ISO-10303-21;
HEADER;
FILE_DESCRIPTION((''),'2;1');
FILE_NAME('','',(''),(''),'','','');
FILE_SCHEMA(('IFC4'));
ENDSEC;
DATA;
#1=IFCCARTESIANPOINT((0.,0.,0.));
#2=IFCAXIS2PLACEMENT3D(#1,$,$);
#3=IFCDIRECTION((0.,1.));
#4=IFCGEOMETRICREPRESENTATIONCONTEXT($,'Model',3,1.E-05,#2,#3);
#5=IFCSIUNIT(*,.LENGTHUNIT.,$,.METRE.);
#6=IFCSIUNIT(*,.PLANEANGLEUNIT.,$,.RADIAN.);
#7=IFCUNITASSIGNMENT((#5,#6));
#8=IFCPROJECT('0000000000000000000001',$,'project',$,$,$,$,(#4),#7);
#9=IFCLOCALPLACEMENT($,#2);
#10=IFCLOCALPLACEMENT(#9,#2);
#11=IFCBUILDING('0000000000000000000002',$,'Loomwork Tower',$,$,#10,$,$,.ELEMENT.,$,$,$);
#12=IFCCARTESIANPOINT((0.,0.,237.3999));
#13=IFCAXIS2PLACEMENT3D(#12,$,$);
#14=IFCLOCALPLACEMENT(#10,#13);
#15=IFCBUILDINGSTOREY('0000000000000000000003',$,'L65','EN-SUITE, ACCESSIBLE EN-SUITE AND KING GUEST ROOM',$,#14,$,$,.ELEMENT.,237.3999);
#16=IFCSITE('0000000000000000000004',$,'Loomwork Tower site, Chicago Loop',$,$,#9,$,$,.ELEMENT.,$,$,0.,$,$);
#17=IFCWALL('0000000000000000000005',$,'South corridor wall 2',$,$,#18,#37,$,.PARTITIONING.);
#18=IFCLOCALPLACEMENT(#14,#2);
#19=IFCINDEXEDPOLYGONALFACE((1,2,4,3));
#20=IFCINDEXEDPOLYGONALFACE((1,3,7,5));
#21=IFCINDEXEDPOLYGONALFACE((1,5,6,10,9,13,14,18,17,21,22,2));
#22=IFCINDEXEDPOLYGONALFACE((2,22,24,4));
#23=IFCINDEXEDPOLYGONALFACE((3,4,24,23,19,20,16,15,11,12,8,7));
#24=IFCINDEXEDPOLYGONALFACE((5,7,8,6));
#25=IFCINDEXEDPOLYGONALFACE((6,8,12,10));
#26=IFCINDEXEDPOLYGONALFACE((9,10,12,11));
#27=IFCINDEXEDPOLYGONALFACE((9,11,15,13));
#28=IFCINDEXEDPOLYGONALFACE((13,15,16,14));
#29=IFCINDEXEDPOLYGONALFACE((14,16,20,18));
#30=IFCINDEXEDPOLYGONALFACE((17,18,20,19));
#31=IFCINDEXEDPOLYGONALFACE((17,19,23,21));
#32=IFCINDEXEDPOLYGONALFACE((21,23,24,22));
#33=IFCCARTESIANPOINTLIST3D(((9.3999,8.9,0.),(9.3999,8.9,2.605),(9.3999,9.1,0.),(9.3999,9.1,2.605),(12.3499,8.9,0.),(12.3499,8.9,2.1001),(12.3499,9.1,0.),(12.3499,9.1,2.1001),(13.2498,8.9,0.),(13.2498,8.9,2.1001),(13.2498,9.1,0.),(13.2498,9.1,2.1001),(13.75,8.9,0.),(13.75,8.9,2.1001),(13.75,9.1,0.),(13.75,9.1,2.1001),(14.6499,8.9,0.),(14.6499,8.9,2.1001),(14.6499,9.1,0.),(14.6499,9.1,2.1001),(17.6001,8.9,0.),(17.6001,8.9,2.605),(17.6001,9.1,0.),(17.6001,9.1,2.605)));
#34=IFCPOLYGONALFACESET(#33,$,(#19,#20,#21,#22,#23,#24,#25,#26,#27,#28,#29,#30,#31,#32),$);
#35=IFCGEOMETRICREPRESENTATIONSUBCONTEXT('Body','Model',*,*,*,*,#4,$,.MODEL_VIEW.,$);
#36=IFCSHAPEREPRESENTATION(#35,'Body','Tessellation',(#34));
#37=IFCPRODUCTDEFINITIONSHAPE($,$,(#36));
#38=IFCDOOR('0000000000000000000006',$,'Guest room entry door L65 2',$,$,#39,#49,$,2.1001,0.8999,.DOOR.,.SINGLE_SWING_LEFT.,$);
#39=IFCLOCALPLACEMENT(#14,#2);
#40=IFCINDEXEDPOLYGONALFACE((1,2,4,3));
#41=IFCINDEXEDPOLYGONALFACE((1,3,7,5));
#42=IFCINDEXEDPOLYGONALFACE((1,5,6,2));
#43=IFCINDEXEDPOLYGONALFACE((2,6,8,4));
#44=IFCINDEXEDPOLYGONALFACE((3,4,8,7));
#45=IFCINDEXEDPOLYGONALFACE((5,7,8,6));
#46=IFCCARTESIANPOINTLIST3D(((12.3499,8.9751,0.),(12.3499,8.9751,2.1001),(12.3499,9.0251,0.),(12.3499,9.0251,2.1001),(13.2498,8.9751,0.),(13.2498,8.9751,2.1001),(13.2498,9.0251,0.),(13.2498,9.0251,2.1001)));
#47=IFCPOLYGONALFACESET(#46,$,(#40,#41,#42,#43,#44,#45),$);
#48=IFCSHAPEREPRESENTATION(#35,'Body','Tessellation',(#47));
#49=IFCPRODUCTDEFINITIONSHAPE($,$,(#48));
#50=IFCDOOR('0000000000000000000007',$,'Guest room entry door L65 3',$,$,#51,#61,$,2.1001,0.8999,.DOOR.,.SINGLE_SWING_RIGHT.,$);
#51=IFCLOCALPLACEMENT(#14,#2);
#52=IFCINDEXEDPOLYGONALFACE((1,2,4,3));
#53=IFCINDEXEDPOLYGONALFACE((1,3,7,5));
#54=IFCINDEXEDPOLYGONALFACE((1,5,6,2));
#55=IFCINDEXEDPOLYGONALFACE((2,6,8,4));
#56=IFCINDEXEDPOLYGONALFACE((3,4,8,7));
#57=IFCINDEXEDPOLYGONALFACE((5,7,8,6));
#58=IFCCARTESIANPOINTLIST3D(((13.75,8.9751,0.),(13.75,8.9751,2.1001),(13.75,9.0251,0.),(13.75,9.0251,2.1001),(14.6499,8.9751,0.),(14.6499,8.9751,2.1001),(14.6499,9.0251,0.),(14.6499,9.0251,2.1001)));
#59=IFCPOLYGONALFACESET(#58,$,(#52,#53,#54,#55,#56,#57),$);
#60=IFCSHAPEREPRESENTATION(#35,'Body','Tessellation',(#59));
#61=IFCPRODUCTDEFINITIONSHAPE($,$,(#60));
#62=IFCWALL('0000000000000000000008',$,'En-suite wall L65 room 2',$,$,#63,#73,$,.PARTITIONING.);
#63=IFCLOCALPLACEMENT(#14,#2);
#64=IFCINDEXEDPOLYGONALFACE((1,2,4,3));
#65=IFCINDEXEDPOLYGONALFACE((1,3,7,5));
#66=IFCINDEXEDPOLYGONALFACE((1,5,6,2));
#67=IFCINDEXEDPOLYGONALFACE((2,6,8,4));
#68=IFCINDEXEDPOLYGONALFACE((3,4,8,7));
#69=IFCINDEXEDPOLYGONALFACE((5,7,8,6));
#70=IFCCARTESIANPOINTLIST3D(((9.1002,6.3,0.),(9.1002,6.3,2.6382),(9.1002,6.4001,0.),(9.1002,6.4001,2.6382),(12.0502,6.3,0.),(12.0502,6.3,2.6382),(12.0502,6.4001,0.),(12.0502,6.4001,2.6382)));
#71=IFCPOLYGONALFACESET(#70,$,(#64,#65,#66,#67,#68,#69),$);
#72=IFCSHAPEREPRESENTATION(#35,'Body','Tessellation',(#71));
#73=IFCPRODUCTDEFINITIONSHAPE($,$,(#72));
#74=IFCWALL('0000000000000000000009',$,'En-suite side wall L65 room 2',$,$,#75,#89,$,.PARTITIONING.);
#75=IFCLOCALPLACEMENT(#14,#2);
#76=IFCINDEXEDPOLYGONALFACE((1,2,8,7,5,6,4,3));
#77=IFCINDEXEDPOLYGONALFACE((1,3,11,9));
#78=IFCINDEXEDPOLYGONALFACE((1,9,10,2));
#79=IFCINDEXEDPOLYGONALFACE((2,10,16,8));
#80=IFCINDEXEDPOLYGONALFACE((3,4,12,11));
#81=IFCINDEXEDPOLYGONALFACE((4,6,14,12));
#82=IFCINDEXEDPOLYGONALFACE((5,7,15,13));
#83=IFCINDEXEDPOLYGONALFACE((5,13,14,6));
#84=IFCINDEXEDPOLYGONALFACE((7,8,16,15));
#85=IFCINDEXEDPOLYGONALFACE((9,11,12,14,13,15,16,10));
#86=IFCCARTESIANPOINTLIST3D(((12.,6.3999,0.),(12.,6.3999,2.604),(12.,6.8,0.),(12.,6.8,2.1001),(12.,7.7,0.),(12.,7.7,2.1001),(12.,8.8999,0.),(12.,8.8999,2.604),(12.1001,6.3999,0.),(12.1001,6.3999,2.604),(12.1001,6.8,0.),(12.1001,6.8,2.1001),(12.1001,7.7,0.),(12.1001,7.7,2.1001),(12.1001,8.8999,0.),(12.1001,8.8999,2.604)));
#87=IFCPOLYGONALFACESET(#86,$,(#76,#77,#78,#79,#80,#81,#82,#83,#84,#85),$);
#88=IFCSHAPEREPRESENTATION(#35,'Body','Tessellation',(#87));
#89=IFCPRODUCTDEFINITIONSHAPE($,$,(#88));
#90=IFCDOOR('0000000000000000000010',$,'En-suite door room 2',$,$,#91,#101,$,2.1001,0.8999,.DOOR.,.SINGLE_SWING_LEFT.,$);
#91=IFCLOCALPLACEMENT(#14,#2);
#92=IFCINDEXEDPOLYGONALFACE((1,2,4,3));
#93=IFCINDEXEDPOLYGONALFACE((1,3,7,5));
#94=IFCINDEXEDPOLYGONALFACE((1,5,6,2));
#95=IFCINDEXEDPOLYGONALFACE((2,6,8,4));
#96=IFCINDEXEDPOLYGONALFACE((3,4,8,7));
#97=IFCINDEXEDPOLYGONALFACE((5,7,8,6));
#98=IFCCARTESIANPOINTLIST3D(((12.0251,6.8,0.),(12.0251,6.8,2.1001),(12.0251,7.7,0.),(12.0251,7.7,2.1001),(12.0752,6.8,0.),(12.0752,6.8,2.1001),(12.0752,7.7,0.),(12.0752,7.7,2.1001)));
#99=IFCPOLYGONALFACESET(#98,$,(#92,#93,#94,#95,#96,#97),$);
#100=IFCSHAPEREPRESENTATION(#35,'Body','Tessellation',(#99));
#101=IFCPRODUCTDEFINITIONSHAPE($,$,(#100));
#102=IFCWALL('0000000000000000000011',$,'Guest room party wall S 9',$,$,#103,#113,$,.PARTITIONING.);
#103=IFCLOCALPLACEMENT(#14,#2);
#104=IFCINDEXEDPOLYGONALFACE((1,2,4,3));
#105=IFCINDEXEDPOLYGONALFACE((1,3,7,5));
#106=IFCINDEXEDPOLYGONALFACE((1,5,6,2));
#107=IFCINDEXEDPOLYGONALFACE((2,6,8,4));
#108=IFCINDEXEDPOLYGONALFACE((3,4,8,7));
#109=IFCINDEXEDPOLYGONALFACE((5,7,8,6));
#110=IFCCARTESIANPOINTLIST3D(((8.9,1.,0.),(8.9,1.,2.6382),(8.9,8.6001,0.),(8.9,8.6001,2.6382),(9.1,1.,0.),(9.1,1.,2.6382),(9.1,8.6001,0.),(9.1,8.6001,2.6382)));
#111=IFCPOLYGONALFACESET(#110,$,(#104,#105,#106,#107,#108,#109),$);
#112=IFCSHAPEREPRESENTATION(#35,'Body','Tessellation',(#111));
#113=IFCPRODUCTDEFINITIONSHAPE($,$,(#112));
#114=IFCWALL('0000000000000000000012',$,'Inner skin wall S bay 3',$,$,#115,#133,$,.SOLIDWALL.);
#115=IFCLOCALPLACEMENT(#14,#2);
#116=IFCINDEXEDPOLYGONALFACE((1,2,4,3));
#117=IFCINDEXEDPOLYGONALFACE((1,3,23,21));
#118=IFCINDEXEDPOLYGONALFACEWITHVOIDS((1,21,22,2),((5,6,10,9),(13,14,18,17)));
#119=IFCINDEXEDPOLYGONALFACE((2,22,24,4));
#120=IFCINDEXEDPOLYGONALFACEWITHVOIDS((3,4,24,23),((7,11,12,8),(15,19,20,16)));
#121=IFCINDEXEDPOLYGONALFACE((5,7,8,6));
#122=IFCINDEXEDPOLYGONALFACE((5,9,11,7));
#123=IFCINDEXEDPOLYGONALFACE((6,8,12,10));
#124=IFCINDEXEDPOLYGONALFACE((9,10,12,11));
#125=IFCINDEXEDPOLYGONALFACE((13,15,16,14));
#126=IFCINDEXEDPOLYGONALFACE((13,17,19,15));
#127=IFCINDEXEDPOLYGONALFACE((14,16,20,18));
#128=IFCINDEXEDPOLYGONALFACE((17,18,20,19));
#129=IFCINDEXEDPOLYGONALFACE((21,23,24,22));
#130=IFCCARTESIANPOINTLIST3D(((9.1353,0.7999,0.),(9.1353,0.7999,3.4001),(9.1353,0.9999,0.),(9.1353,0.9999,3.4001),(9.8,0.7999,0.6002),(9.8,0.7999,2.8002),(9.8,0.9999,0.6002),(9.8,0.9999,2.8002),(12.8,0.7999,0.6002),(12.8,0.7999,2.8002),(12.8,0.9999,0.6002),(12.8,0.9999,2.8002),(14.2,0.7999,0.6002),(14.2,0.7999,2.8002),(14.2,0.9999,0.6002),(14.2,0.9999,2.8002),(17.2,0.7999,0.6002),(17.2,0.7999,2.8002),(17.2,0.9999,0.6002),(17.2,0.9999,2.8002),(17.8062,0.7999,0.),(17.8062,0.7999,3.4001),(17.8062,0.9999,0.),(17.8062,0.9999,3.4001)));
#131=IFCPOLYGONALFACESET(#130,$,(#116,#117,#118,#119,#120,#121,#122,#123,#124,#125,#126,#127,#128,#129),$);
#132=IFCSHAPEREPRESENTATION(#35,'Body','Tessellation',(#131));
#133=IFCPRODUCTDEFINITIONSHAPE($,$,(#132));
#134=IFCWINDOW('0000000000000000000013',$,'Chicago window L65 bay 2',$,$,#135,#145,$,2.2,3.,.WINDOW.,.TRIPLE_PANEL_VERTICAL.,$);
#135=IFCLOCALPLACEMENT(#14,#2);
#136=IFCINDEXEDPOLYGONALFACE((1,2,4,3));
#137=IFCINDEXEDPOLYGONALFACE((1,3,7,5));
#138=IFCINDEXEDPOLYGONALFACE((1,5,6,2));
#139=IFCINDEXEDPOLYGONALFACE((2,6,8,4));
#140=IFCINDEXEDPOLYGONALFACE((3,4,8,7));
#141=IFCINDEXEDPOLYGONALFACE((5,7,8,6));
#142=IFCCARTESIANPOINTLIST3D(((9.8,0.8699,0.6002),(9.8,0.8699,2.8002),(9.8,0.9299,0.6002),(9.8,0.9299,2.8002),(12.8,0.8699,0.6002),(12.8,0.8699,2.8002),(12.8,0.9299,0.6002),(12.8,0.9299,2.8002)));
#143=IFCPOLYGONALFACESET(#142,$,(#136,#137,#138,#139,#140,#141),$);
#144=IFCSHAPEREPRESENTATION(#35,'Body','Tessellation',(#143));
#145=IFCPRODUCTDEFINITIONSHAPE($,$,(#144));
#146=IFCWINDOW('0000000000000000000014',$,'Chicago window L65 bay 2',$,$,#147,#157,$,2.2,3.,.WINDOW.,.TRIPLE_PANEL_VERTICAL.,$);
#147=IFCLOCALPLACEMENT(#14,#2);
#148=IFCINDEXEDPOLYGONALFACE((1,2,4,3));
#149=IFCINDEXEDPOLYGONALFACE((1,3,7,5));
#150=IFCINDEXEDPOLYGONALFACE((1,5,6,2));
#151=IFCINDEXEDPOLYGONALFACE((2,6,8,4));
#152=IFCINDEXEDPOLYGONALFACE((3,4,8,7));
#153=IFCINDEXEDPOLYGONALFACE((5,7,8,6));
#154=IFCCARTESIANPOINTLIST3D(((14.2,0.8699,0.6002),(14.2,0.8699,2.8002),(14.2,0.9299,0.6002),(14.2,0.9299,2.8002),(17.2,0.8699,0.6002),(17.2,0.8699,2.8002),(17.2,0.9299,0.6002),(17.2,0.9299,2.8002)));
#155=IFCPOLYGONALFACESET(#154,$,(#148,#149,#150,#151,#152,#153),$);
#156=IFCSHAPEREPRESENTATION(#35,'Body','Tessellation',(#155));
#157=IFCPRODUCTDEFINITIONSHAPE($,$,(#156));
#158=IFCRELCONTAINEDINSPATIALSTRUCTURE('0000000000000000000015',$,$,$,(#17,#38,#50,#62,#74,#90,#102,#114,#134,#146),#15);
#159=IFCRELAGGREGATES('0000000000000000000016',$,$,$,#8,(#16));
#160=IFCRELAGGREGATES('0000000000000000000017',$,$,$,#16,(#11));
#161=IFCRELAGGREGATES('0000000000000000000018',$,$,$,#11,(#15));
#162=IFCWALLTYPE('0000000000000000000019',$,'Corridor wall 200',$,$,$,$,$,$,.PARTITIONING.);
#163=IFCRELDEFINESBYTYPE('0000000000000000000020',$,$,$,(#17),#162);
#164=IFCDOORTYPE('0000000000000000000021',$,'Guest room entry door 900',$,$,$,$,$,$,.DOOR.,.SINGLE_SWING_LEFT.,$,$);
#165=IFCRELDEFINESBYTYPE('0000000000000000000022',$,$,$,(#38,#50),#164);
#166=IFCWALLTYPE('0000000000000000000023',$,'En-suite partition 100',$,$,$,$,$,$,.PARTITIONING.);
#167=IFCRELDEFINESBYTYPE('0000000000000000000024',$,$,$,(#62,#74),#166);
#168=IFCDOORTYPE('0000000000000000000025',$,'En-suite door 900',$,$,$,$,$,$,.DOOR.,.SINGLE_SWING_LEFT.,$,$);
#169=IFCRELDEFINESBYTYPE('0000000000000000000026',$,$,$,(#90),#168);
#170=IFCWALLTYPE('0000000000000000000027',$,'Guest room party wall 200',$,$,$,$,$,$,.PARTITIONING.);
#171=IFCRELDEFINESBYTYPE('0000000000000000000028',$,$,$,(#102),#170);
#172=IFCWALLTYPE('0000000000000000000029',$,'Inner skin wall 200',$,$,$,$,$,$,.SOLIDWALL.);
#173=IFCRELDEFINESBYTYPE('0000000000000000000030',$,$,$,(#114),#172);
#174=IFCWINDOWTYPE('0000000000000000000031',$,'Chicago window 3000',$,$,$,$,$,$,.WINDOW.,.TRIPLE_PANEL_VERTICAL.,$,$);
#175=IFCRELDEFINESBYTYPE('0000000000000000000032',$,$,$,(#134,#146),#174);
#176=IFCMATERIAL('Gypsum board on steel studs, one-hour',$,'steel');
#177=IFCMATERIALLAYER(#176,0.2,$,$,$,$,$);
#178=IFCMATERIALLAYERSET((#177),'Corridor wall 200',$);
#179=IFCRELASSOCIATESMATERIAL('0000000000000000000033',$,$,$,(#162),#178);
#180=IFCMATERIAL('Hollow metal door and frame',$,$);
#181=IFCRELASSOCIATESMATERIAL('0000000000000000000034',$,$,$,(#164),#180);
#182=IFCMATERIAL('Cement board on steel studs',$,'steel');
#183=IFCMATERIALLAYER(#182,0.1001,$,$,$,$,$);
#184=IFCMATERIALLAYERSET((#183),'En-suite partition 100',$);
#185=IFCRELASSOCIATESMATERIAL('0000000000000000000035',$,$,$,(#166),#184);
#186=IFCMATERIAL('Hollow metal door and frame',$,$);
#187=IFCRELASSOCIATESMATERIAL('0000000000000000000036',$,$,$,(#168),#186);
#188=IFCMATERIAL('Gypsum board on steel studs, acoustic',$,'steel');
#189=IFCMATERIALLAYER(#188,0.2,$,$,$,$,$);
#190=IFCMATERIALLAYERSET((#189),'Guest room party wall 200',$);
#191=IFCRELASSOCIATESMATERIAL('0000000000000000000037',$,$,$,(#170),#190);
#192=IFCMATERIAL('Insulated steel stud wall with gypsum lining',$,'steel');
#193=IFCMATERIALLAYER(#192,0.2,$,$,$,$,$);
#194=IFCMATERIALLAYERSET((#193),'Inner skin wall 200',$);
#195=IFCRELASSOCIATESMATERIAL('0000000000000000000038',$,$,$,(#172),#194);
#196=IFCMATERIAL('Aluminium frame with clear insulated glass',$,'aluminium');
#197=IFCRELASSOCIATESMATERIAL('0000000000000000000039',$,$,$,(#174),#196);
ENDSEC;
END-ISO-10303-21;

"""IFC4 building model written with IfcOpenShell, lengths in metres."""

from ifc_helpers import new_model, si_unit, direction, frame, frame_2d, origin, place, context, subcontext, project, spatial, rectangle, extrude, material, layer, layer_set, type_object, element, fill, save


model = new_model("IFC4")

# Units and contexts
model_context = context("Model", 3, precision=1e-05, world=origin(), true_north=direction((0.0, 1.0)))
body_context = subcontext(model_context, "Body", "Model", "MODEL_VIEW")
ifc_project = project(units=[si_unit("LENGTHUNIT", "METRE"), si_unit("PLANEANGLEUNIT", "RADIAN")], contexts=[model_context])

# Site, building, storey
site_placement = place(None, origin())
site = spatial("IfcSite", under=ifc_project, at=site_placement, Name="Loomwork Tower site, Chicago Loop", CompositionType="ELEMENT", RefElevation=0.0)
building_placement = place(site_placement, origin())
building = spatial("IfcBuilding", under=site, at=building_placement, Name="Loomwork Tower", CompositionType="ELEMENT")
storey_placement = place(building_placement, frame((0.0, 0.0, 237.3999)))
storey = spatial("IfcBuildingStorey", under=building, at=storey_placement, Name="L65", Description="EN-SUITE, ACCESSIBLE EN-SUITE AND KING GUEST ROOM", CompositionType="ELEMENT", Elevation=237.3999)

# Wall, openings, doors
ifc_material_1 = material(Name="Gypsum board on steel studs, one-hour", Category="steel")
ifc_layer_1 = layer(ifc_material_1, 0.2)
ifc_layer_set_1 = layer_set([ifc_layer_1], Name="Corridor wall 200")
wall_type_1 = type_object("IfcWallType", Name="Corridor wall 200", PredefinedType="PARTITIONING", material=ifc_layer_set_1)
wall_1_placement = place(storey_placement, frame((9.3999, 9.0, 0.0), z_axis=(0.0, 0.0, 1.0), x_axis=(1.0, 0.0, 0.0)))
wall_1 = element("IfcWall", 1, at=wall_1_placement, inside=storey, type_object=wall_type_1, Name="South corridor wall 2", PredefinedType="PARTITIONING", context=body_context, shape_type="SweptSolid", body=[
    extrude(rectangle(XDim=8.2002, YDim=0.2, at=frame_2d((4.1001, 0.0))), origin(), (0.0, 0.0, 1.0), 2.605),
])
opening_1_placement = place(wall_1_placement, frame((2.95, 0.0, 0.0)))
opening_1 = element("IfcOpeningElement", 2, at=opening_1_placement, cuts=wall_1, PredefinedType="OPENING", context=body_context, shape_type="SweptSolid", body=[
    extrude(rectangle(XDim=0.8999, YDim=2.1001, at=frame_2d((0.45, 1.05))), frame((0.0, 0.1099, 0.0), z_axis=(0.0, -1.0, 0.0), x_axis=(1.0, 0.0, 0.0)), (0.0, 0.0, 1.0), 0.22),
])
opening_2_placement = place(wall_1_placement, frame((4.3501, 0.0, 0.0)))
opening_2 = element("IfcOpeningElement", 3, at=opening_2_placement, cuts=wall_1, PredefinedType="OPENING", context=body_context, shape_type="SweptSolid", body=[
    extrude(rectangle(XDim=0.8999, YDim=2.1001, at=frame_2d((0.45, 1.05))), frame((0.0, 0.1099, 0.0), z_axis=(0.0, -1.0, 0.0), x_axis=(1.0, 0.0, 0.0)), (0.0, 0.0, 1.0), 0.22),
])
ifc_material_2 = material(Name="Hollow metal door and frame")
door_type_1 = type_object("IfcDoorType", Name="Guest room entry door 900", OperationType="SINGLE_SWING_LEFT", PredefinedType="DOOR", material=ifc_material_2)
door_1_placement = place(opening_1_placement, frame((0.8999, 0.0, 0.0), z_axis=(0.0, 0.0, 1.0), x_axis=(-1.0, 0.0, 0.0)))
door_1 = element("IfcDoor", 4, at=door_1_placement, inside=storey, type_object=door_type_1, Name="Guest room entry door L65 2", OperationType="SINGLE_SWING_LEFT", OverallHeight=2.1001, OverallWidth=0.8999, PredefinedType="DOOR", context=body_context, shape_type="SweptSolid", body=[
    extrude(rectangle(XDim=0.8999, YDim=2.1001, at=frame_2d((0.45, 1.05))), frame((0.0, 0.0249, 0.0), z_axis=(0.0, -1.0, 0.0), x_axis=(1.0, 0.0, 0.0)), (0.0, 0.0, 1.0), 0.05),
])
fill(opening_1, door_1)
door_2_placement = place(opening_2_placement, frame((0.8999, 0.0, 0.0), z_axis=(0.0, 0.0, 1.0), x_axis=(-1.0, 0.0, 0.0)))
door_2 = element("IfcDoor", 5, at=door_2_placement, inside=storey, type_object=door_type_1, Name="Guest room entry door L65 3", OperationType="SINGLE_SWING_RIGHT", OverallHeight=2.1001, OverallWidth=0.8999, PredefinedType="DOOR", context=body_context, shape_type="SweptSolid", body=[
    extrude(rectangle(XDim=0.8999, YDim=2.1001, at=frame_2d((0.45, 1.05))), frame((0.0, 0.0249, 0.0), z_axis=(0.0, -1.0, 0.0), x_axis=(1.0, 0.0, 0.0)), (0.0, 0.0, 1.0), 0.05),
])
fill(opening_2, door_2)

# Wall
ifc_material_3 = material(Name="Cement board on steel studs", Category="steel")
ifc_layer_2 = layer(ifc_material_3, 0.1001)
ifc_layer_set_2 = layer_set([ifc_layer_2], Name="En-suite partition 100")
wall_type_2 = type_object("IfcWallType", Name="En-suite partition 100", PredefinedType="PARTITIONING", material=ifc_layer_set_2)
wall_2_placement = place(storey_placement, frame((9.1001, 6.3501, 0.0), z_axis=(0.0, 0.0, 1.0), x_axis=(1.0, 0.0, 0.0)))
element("IfcWall", 6, at=wall_2_placement, inside=storey, type_object=wall_type_2, Name="En-suite wall L65 room 2", PredefinedType="PARTITIONING", context=body_context, shape_type="SweptSolid", body=[
    extrude(rectangle(XDim=2.95, YDim=0.1001, at=frame_2d((1.4751, 0.0))), origin(), (0.0, 0.0, 1.0), 2.6382),
])

# Wall, opening, door
wall_3_placement = place(storey_placement, frame((12.05, 8.8999, 0.0), z_axis=(0.0, 0.0, 1.0), x_axis=(0.0, -1.0, 0.0)))
wall_3 = element("IfcWall", 7, at=wall_3_placement, inside=storey, type_object=wall_type_2, Name="En-suite side wall L65 room 2", PredefinedType="PARTITIONING", context=body_context, shape_type="SweptSolid", body=[
    extrude(rectangle(XDim=2.5, YDim=0.1001, at=frame_2d((1.25, 0.0))), origin(), (0.0, 0.0, 1.0), 2.604),
])
opening_3_placement = place(wall_3_placement, frame((1.2, 0.0, 0.0)))
opening_3 = element("IfcOpeningElement", 8, at=opening_3_placement, cuts=wall_3, PredefinedType="OPENING", context=body_context, shape_type="SweptSolid", body=[
    extrude(rectangle(XDim=0.8999, YDim=2.1001, at=frame_2d((0.45, 1.05))), frame((0.0, 0.0601, 0.0), z_axis=(0.0, -1.0, 0.0), x_axis=(1.0, 0.0, 0.0)), (0.0, 0.0, 1.0), 0.1201),
])
ifc_material_4 = material(Name="Hollow metal door and frame")
door_type_2 = type_object("IfcDoorType", Name="En-suite door 900", OperationType="SINGLE_SWING_LEFT", PredefinedType="DOOR", material=ifc_material_4)
door_3_placement = place(opening_3_placement, frame((0.8999, 0.0, 0.0), z_axis=(0.0, 0.0, 1.0), x_axis=(-1.0, 0.0, 0.0)))
door_3 = element("IfcDoor", 9, at=door_3_placement, inside=storey, type_object=door_type_2, Name="En-suite door room 2", OperationType="SINGLE_SWING_LEFT", OverallHeight=2.1001, OverallWidth=0.8999, PredefinedType="DOOR", context=body_context, shape_type="SweptSolid", body=[
    extrude(rectangle(XDim=0.8999, YDim=2.1001, at=frame_2d((0.45, 1.05))), frame((0.0, 0.0249, 0.0), z_axis=(0.0, -1.0, 0.0), x_axis=(1.0, 0.0, 0.0)), (0.0, 0.0, 1.0), 0.05),
])
fill(opening_3, door_3)

# Wall
ifc_material_5 = material(Name="Gypsum board on steel studs, acoustic", Category="steel")
ifc_layer_3 = layer(ifc_material_5, 0.2)
ifc_layer_set_3 = layer_set([ifc_layer_3], Name="Guest room party wall 200")
wall_type_3 = type_object("IfcWallType", Name="Guest room party wall 200", PredefinedType="PARTITIONING", material=ifc_layer_set_3)
wall_4_placement = place(storey_placement, frame((9.0, 8.6001, 0.0), z_axis=(0.0, 0.0, 1.0), x_axis=(0.0, -1.0, 0.0)))
element("IfcWall", 10, at=wall_4_placement, inside=storey, type_object=wall_type_3, Name="Guest room party wall S 9", PredefinedType="PARTITIONING", context=body_context, shape_type="SweptSolid", body=[
    extrude(rectangle(XDim=7.6001, YDim=0.2, at=frame_2d((3.8, 0.0))), origin(), (0.0, 0.0, 1.0), 2.6382),
])

# Wall, openings, windows
ifc_material_6 = material(Name="Insulated steel stud wall with gypsum lining", Category="steel")
ifc_layer_4 = layer(ifc_material_6, 0.2)
ifc_layer_set_4 = layer_set([ifc_layer_4], Name="Inner skin wall 200")
wall_type_4 = type_object("IfcWallType", Name="Inner skin wall 200", PredefinedType="SOLIDWALL", material=ifc_layer_set_4)
wall_5_placement = place(storey_placement, frame((9.1353, 0.8999, 0.0), z_axis=(0.0, 0.0, 1.0), x_axis=(1.0, 0.0, 0.0)))
wall_5 = element("IfcWall", 11, at=wall_5_placement, inside=storey, type_object=wall_type_4, Name="Inner skin wall S bay 3", PredefinedType="SOLIDWALL", context=body_context, shape_type="SweptSolid", body=[
    extrude(rectangle(XDim=8.6709, YDim=0.2, at=frame_2d((4.3354, 0.0))), origin(), (0.0, 0.0, 1.0), 3.4001),
])
opening_4_placement = place(wall_5_placement, frame((0.6648, 0.0, 0.6001)))
opening_4 = element("IfcOpeningElement", 12, at=opening_4_placement, cuts=wall_5, PredefinedType="OPENING", context=body_context, shape_type="SweptSolid", body=[
    extrude(rectangle(XDim=3.0, YDim=2.2, at=frame_2d((1.5, 1.1001))), frame((0.0, 0.1099, 0.0), z_axis=(0.0, -1.0, 0.0), x_axis=(1.0, 0.0, 0.0)), (0.0, 0.0, 1.0), 0.22),
])
opening_5_placement = place(wall_5_placement, frame((5.0647, 0.0, 0.6001)))
opening_5 = element("IfcOpeningElement", 13, at=opening_5_placement, cuts=wall_5, PredefinedType="OPENING", context=body_context, shape_type="SweptSolid", body=[
    extrude(rectangle(XDim=3.0, YDim=2.2, at=frame_2d((1.5, 1.1001))), frame((0.0, 0.1099, 0.0), z_axis=(0.0, -1.0, 0.0), x_axis=(1.0, 0.0, 0.0)), (0.0, 0.0, 1.0), 0.22),
])
ifc_material_7 = material(Name="Aluminium frame with clear insulated glass", Category="aluminium")
window_type = type_object("IfcWindowType", Name="Chicago window 3000", PartitioningType="TRIPLE_PANEL_VERTICAL", PredefinedType="WINDOW", material=ifc_material_7)
window_1_placement = place(opening_4_placement, origin())
window_1 = element("IfcWindow", 14, at=window_1_placement, inside=storey, type_object=window_type, Name="Chicago window L65 bay 2", OverallHeight=2.2, OverallWidth=3.0, PartitioningType="TRIPLE_PANEL_VERTICAL", PredefinedType="WINDOW", context=body_context, shape_type="SweptSolid", body=[
    extrude(rectangle(XDim=3.0, YDim=2.2, at=frame_2d((1.5, 1.1001))), frame((0.0, 0.03, 0.0), z_axis=(0.0, -1.0, 0.0), x_axis=(1.0, 0.0, 0.0)), (0.0, 0.0, 1.0), 0.0601),
])
fill(opening_4, window_1)
window_2_placement = place(opening_5_placement, origin())
window_2 = element("IfcWindow", 15, at=window_2_placement, inside=storey, type_object=window_type, Name="Chicago window L65 bay 2", OverallHeight=2.2, OverallWidth=3.0, PartitioningType="TRIPLE_PANEL_VERTICAL", PredefinedType="WINDOW", context=body_context, shape_type="SweptSolid", body=[
    extrude(rectangle(XDim=3.0, YDim=2.2, at=frame_2d((1.5, 1.1001))), frame((0.0, 0.03, 0.0), z_axis=(0.0, -1.0, 0.0), x_axis=(1.0, 0.0, 0.0)), (0.0, 0.0, 1.0), 0.0601),
])
fill(opening_5, window_2)

save(model, "model.ifc")
